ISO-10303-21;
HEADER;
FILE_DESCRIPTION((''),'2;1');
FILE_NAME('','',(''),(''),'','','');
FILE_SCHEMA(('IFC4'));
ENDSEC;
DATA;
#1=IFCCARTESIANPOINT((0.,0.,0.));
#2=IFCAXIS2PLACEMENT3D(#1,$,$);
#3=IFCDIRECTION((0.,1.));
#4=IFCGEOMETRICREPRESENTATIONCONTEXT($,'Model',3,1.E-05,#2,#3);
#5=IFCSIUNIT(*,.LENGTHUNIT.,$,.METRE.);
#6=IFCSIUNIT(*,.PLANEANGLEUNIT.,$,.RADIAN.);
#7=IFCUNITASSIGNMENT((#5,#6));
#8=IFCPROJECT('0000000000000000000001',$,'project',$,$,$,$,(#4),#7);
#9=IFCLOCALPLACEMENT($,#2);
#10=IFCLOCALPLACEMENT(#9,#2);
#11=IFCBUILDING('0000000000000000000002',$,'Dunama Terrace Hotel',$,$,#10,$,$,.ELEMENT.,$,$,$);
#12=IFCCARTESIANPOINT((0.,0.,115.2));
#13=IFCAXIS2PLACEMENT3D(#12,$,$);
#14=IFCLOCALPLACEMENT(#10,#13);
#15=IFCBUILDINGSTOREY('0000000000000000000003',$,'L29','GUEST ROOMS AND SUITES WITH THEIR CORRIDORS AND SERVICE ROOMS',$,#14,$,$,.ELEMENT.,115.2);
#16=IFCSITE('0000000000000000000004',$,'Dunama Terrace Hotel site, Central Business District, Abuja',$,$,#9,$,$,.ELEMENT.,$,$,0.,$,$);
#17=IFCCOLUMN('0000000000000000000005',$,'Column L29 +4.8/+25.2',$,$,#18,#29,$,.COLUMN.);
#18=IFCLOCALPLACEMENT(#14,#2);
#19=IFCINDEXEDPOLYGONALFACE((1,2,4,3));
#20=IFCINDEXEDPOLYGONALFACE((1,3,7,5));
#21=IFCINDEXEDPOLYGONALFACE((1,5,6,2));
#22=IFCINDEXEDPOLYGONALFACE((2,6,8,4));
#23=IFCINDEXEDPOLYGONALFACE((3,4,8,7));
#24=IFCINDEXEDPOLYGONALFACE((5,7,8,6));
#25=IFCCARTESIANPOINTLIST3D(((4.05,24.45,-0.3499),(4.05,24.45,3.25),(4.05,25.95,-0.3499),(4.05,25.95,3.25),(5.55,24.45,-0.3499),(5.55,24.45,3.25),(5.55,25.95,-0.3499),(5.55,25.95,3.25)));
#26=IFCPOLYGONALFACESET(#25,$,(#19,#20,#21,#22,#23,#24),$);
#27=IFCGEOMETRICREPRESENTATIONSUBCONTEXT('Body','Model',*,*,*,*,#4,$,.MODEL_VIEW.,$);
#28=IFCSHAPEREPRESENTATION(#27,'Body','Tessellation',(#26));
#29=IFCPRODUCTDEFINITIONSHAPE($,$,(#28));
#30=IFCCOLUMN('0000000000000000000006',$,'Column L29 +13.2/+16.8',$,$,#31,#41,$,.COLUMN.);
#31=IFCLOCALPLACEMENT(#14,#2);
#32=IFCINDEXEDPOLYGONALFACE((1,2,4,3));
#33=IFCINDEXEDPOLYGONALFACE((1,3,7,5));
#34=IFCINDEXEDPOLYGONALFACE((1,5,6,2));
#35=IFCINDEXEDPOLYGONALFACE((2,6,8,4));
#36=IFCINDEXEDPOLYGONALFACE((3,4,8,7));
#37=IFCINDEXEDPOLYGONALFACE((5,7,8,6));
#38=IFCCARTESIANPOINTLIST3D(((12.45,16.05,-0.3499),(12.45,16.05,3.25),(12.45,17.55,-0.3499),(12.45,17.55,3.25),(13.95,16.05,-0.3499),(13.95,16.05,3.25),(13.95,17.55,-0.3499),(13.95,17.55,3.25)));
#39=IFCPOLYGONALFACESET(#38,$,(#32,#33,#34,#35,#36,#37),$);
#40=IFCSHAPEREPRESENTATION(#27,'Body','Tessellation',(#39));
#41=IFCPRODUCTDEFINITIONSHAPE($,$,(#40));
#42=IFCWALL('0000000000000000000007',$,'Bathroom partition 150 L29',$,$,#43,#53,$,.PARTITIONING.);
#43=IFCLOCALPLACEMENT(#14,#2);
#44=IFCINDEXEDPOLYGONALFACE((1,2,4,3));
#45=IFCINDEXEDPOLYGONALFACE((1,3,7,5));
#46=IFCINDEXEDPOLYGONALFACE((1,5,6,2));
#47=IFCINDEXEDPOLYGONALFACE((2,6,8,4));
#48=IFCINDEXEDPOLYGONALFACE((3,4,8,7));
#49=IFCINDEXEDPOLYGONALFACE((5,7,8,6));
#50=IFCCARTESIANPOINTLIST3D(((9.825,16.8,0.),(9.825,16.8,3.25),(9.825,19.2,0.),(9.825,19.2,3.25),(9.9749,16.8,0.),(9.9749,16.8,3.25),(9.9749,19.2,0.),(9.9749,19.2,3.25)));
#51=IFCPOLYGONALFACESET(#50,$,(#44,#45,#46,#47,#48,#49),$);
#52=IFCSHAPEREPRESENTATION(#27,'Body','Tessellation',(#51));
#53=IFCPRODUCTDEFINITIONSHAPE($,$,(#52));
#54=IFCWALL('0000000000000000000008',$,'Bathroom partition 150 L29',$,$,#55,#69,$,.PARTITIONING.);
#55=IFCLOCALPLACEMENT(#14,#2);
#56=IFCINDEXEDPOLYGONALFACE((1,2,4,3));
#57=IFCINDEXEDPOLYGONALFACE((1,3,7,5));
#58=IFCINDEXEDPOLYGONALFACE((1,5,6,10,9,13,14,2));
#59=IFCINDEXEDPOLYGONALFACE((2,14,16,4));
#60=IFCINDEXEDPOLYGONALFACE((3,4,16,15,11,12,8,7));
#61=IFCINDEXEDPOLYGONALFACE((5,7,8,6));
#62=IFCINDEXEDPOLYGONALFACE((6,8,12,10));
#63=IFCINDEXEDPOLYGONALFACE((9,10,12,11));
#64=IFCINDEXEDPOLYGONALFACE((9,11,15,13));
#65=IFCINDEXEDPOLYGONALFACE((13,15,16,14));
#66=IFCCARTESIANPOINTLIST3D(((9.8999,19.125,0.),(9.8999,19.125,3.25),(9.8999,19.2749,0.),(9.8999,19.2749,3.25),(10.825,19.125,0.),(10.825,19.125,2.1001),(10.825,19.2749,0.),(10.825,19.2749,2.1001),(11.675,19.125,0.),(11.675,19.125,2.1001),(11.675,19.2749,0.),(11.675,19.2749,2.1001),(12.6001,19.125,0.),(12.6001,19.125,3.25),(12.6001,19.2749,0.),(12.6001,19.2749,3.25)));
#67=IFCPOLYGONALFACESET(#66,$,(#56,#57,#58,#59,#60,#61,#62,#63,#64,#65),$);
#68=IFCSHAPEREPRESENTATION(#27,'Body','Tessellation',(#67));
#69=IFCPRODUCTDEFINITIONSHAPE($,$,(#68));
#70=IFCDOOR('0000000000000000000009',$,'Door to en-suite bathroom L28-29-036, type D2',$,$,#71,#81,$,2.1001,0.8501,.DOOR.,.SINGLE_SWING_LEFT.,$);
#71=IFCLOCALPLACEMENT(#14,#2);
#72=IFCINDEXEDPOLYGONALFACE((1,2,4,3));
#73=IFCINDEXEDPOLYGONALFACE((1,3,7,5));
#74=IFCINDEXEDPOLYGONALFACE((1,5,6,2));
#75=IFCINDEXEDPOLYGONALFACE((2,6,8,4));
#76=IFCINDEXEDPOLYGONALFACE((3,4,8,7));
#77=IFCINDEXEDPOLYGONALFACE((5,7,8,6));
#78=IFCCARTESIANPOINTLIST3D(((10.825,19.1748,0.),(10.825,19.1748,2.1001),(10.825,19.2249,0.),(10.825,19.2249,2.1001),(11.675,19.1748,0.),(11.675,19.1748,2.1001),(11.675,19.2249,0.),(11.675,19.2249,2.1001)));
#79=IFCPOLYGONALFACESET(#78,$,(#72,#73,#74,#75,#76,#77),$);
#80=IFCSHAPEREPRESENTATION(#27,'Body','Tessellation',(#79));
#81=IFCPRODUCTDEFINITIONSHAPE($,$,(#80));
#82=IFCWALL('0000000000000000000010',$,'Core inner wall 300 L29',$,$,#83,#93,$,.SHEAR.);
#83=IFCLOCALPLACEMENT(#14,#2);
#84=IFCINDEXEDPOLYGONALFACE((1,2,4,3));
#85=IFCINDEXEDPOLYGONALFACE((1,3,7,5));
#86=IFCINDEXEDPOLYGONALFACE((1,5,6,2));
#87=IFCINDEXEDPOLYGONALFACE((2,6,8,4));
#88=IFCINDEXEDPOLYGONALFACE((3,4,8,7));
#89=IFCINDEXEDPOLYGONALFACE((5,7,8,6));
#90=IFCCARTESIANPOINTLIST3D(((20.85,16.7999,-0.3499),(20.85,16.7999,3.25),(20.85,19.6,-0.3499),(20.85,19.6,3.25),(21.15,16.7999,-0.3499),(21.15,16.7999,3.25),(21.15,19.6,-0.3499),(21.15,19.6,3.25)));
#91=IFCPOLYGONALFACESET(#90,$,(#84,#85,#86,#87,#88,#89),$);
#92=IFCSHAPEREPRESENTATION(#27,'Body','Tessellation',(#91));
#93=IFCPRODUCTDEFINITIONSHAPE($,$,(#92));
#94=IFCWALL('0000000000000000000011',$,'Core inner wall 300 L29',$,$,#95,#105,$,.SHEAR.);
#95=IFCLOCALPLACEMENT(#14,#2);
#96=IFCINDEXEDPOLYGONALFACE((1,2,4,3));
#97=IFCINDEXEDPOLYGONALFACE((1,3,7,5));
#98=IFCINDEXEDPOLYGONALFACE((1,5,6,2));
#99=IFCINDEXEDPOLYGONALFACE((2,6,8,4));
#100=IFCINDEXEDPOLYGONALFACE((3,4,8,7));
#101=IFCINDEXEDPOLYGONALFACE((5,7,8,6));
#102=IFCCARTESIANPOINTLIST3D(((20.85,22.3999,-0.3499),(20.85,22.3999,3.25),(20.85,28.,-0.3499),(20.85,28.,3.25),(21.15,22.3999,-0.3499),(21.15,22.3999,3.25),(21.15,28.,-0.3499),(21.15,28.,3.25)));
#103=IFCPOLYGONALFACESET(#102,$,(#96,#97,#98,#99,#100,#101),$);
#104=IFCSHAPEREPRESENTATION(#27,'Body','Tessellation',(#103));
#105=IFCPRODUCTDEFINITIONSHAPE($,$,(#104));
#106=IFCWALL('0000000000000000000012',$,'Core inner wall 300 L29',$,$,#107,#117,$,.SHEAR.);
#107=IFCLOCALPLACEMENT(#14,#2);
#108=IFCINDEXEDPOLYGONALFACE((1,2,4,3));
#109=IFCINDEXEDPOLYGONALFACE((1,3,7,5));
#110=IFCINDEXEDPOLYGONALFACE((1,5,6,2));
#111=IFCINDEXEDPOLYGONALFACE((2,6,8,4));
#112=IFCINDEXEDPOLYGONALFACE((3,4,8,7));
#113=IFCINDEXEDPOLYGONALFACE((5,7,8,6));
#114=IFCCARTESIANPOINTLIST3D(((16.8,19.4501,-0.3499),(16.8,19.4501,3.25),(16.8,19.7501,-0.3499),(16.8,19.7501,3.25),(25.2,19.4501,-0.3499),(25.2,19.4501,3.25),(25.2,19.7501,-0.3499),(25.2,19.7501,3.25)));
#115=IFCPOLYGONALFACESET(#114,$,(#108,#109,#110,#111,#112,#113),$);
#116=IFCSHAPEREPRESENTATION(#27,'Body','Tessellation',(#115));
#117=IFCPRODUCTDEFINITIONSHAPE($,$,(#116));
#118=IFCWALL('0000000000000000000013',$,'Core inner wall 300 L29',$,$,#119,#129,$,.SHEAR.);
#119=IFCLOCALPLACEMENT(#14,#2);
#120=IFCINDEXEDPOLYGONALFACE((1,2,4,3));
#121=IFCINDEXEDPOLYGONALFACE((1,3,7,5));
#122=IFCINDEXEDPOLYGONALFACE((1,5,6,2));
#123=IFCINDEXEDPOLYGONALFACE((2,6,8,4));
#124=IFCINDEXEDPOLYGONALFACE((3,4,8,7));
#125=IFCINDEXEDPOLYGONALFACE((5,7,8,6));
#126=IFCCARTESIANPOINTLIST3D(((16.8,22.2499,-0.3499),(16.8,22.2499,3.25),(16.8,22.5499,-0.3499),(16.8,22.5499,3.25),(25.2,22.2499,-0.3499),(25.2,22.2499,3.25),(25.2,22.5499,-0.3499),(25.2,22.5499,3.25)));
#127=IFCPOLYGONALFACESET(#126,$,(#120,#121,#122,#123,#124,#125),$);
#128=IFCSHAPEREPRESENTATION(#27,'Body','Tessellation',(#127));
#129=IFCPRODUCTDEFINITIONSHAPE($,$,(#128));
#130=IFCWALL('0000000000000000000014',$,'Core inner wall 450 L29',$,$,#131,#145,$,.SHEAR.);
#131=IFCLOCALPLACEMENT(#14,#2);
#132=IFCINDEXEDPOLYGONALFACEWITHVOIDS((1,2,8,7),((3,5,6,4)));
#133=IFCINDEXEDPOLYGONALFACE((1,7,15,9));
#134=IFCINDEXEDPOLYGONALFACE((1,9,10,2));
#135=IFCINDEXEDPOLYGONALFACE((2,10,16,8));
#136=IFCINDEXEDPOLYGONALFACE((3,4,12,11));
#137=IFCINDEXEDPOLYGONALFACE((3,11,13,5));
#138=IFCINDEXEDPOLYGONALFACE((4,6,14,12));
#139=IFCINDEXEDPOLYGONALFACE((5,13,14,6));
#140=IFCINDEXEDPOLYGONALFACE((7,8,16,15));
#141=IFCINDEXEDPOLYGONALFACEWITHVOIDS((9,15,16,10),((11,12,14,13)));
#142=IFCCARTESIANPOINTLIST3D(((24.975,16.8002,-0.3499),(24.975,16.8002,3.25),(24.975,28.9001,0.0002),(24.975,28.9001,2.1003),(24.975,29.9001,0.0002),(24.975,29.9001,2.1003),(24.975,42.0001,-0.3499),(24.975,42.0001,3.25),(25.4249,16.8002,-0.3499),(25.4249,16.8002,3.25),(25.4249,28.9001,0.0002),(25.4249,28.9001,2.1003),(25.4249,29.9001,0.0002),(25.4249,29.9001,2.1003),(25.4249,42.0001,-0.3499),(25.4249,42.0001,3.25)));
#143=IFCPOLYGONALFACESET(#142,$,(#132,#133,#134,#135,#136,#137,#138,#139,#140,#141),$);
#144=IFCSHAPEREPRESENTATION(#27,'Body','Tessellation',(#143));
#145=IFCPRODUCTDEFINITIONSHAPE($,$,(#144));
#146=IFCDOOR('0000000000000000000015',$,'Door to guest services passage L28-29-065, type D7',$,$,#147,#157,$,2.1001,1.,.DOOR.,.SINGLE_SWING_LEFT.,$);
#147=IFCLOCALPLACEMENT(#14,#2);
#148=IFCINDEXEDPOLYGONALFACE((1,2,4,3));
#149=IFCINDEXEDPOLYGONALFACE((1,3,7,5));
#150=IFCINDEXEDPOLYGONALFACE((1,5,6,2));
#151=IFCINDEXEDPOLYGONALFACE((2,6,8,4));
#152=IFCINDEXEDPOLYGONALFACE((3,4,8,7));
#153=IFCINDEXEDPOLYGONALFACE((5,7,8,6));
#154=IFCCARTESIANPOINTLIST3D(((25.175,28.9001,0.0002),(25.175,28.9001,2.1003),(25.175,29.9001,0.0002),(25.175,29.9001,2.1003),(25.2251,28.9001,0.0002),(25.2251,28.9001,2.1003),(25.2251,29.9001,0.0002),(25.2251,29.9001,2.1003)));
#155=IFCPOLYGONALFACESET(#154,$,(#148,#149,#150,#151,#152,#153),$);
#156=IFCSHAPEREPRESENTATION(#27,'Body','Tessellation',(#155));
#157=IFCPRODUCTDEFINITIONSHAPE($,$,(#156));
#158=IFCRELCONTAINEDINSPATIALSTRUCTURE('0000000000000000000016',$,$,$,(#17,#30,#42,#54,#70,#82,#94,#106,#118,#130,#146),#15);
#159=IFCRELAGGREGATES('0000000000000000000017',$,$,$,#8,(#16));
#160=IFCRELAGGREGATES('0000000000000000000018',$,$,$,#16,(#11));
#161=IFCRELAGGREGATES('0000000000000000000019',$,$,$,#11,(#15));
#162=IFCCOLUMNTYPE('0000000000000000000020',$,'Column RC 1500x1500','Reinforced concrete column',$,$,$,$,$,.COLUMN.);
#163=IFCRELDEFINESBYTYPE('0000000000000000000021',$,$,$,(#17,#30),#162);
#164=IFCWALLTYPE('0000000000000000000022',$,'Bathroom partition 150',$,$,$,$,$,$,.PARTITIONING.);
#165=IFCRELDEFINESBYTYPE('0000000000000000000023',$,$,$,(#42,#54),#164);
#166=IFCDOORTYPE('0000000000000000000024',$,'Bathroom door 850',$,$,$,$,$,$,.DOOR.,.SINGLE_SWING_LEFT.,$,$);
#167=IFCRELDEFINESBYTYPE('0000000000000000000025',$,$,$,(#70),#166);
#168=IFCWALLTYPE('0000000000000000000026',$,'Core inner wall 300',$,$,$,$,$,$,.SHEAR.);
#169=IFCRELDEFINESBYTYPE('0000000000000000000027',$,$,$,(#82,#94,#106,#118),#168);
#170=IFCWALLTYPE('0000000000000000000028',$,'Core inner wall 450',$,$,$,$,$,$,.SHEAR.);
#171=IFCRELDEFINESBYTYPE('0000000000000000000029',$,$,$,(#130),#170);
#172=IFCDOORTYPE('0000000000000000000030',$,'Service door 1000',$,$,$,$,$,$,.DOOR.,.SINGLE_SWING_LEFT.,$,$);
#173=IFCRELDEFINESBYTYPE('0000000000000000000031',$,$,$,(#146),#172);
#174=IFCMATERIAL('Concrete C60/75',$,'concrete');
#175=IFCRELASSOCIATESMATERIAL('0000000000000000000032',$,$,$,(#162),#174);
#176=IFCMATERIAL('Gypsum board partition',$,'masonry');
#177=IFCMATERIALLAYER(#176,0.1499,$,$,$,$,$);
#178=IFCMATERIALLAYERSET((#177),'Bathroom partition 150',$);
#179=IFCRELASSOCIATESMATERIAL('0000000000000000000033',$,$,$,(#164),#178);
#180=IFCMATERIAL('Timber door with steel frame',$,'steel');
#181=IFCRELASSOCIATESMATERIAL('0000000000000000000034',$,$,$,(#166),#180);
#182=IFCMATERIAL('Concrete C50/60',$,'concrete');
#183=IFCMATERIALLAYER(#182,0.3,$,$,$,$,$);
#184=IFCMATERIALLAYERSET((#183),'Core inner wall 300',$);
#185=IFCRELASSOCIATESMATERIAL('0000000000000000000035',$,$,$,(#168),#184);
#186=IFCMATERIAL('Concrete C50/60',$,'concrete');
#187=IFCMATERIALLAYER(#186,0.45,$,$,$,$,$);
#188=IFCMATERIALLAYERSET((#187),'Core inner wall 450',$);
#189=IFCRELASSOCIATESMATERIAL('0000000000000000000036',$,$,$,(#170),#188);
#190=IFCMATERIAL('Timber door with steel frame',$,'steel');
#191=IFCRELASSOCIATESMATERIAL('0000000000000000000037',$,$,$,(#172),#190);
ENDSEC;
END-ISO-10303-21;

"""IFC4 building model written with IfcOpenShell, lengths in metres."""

from ifc_helpers import new_model, si_unit, direction, frame, frame_2d, origin, origin_2d, place, context, subcontext, project, spatial, rectangle, extrude, material, layer, layer_set, material_profile, profile_set, type_object, element, fill, save


model = new_model("IFC4")

# Units and contexts
model_context = context("Model", 3, precision=1e-05, world=origin(), true_north=direction((0.0, 1.0)))
body_context = subcontext(model_context, "Body", "Model", "MODEL_VIEW")
ifc_project = project(units=[si_unit("LENGTHUNIT", "METRE"), si_unit("PLANEANGLEUNIT", "RADIAN")], contexts=[model_context])

# Site, building, storey
site_placement = place(None, origin())
site = spatial("IfcSite", under=ifc_project, at=site_placement, Name="Dunama Terrace Hotel site, Central Business District, Abuja", CompositionType="ELEMENT", RefElevation=0.0)
building_placement = place(site_placement, origin())
building = spatial("IfcBuilding", under=site, at=building_placement, Name="Dunama Terrace Hotel", CompositionType="ELEMENT")
storey_placement = place(building_placement, frame((0.0, 0.0, 115.2)))
storey = spatial("IfcBuildingStorey", under=building, at=storey_placement, Name="L29", Description="GUEST ROOMS AND SUITES WITH THEIR CORRIDORS AND SERVICE ROOMS", CompositionType="ELEMENT", Elevation=115.2)

# Columns
ifc_material_1 = material(Name="Concrete C60/75", Category="concrete")
ifc_material_profile = material_profile(ifc_material_1, rectangle(XDim=1.5, YDim=1.5, at=origin_2d()), Name="RC 1500x1500")
ifc_profile_set = profile_set([ifc_material_profile], Name="Concrete C60/75")
column_type = type_object("IfcColumnType", Name="Column RC 1500x1500", Description="Reinforced concrete column", PredefinedType="COLUMN", material=ifc_profile_set)
for number, where, z_axis, x_axis, name in (
    (1, (4.8, 25.2, -0.3499), (0.0, 0.0, 1.0), (1.0, 0.0, 0.0), "Column L29 +4.8/+25.2"),
    (2, (13.2, 16.8, -0.3499), (0.0, 0.0, 1.0), (1.0, 0.0, 0.0), "Column L29 +13.2/+16.8"),
):
    element("IfcColumn", number, at=place(storey_placement, frame(where, z_axis=z_axis, x_axis=x_axis)), inside=storey, type_object=column_type, Name=name, PredefinedType="COLUMN", context=body_context, shape_type="SweptSolid", body=[
        extrude(rectangle(XDim=1.5, YDim=1.5, at=origin_2d()), origin(), (0.0, 0.0, 1.0), 3.5999),
    ])

# Wall
ifc_material_2 = material(Name="Gypsum board partition", Category="masonry")
ifc_layer_1 = layer(ifc_material_2, 0.1499)
ifc_layer_set_1 = layer_set([ifc_layer_1], Name="Bathroom partition 150")
wall_type_1 = type_object("IfcWallType", Name="Bathroom partition 150", PredefinedType="PARTITIONING", material=ifc_layer_set_1)
wall_1_placement = place(storey_placement, frame((9.8999, 16.8, 0.0), z_axis=(0.0, 0.0, 1.0), x_axis=(0.0, 1.0, 0.0)))
element("IfcWall", 3, at=wall_1_placement, inside=storey, type_object=wall_type_1, Name="Bathroom partition 150 L29", PredefinedType="PARTITIONING", context=body_context, shape_type="SweptSolid", body=[
    extrude(rectangle(XDim=2.3999, YDim=0.1499, at=frame_2d((1.2, 0.0))), origin(), (0.0, 0.0, 1.0), 3.25),
])

# Wall, opening, door
wall_2_placement = place(storey_placement, frame((9.8999, 19.2, 0.0), z_axis=(0.0, 0.0, 1.0), x_axis=(1.0, 0.0, 0.0)))
wall_2 = element("IfcWall", 4, at=wall_2_placement, inside=storey, type_object=wall_type_1, Name="Bathroom partition 150 L29", PredefinedType="PARTITIONING", context=body_context, shape_type="SweptSolid", body=[
    extrude(rectangle(XDim=2.7002, YDim=0.1499, at=frame_2d((1.3501, 0.0))), origin(), (0.0, 0.0, 1.0), 3.25),
])
opening_1_placement = place(wall_2_placement, frame((0.925, 0.0, 0.0)))
opening_1 = element("IfcOpeningElement", 5, at=opening_1_placement, cuts=wall_2, PredefinedType="OPENING", context=body_context, shape_type="SweptSolid", body=[
    extrude(rectangle(XDim=0.8501, YDim=2.1001, at=frame_2d((0.425, 1.05))), frame((0.0, 0.085, 0.0), z_axis=(0.0, -1.0, 0.0), x_axis=(1.0, 0.0, 0.0)), (0.0, 0.0, 1.0), 0.1699),
])
ifc_material_3 = material(Name="Timber door with steel frame", Category="steel")
door_type_1 = type_object("IfcDoorType", Name="Bathroom door 850", OperationType="SINGLE_SWING_LEFT", PredefinedType="DOOR", material=ifc_material_3)
door_1_placement = place(opening_1_placement, frame((0.8501, 0.0, 0.0), z_axis=(0.0, 0.0, 1.0), x_axis=(-1.0, 0.0, 0.0)))
door_1 = element("IfcDoor", 6, at=door_1_placement, inside=storey, type_object=door_type_1, Name="Door to en-suite bathroom L28-29-036, type D2", OperationType="SINGLE_SWING_LEFT", OverallHeight=2.1001, OverallWidth=0.8501, PredefinedType="DOOR", context=body_context, shape_type="SweptSolid", body=[
    extrude(rectangle(XDim=0.8501, YDim=2.1001, at=frame_2d((0.425, 1.05))), frame((0.0, 0.0251, 0.0), z_axis=(0.0, -1.0, 0.0), x_axis=(1.0, 0.0, 0.0)), (0.0, 0.0, 1.0), 0.05),
])
fill(opening_1, door_1)

# Walls
ifc_material_4 = material(Name="Concrete C50/60", Category="concrete")
ifc_layer_2 = layer(ifc_material_4, 0.3)
ifc_layer_set_2 = layer_set([ifc_layer_2], Name="Core inner wall 300")
wall_type_2 = type_object("IfcWallType", Name="Core inner wall 300", PredefinedType="SHEAR", material=ifc_layer_set_2)
wall_3_placement = place(storey_placement, frame((21.0, 16.8, -0.3499), z_axis=(0.0, 0.0, 1.0), x_axis=(0.0, 1.0, 0.0)))
element("IfcWall", 7, at=wall_3_placement, inside=storey, type_object=wall_type_2, Name="Core inner wall 300 L29", PredefinedType="SHEAR", context=body_context, shape_type="SweptSolid", body=[
    extrude(rectangle(XDim=2.8, YDim=0.3, at=frame_2d((1.3999, 0.0))), origin(), (0.0, 0.0, 1.0), 3.5999),
])
wall_4_placement = place(storey_placement, frame((21.0, 22.3999, -0.3499), z_axis=(0.0, 0.0, 1.0), x_axis=(0.0, 1.0, 0.0)))
element("IfcWall", 8, at=wall_4_placement, inside=storey, type_object=wall_type_2, Name="Core inner wall 300 L29", PredefinedType="SHEAR", context=body_context, shape_type="SweptSolid", body=[
    extrude(rectangle(XDim=5.6001, YDim=0.3, at=frame_2d((2.8, 0.0))), origin(), (0.0, 0.0, 1.0), 3.5999),
])
for number, where, z_axis, x_axis, name in (
    (9, (16.8, 19.6001, -0.3499), (0.0, 0.0, 1.0), (1.0, 0.0, 0.0), "Core inner wall 300 L29"),
    (10, (16.8, 22.3999, -0.3499), (0.0, 0.0, 1.0), (1.0, 0.0, 0.0), "Core inner wall 300 L29"),
):
    element("IfcWall", number, at=place(storey_placement, frame(where, z_axis=z_axis, x_axis=x_axis)), inside=storey, type_object=wall_type_2, Name=name, PredefinedType="SHEAR", context=body_context, shape_type="SweptSolid", body=[
        extrude(rectangle(XDim=8.3999, YDim=0.3, at=frame_2d((4.2, 0.0))), origin(), (0.0, 0.0, 1.0), 3.5999),
    ])

# Wall, opening, door
ifc_material_5 = material(Name="Concrete C50/60", Category="concrete")
ifc_layer_3 = layer(ifc_material_5, 0.45)
ifc_layer_set_3 = layer_set([ifc_layer_3], Name="Core inner wall 450")
wall_type_3 = type_object("IfcWallType", Name="Core inner wall 450", PredefinedType="SHEAR", material=ifc_layer_set_3)
wall_5_placement = place(storey_placement, frame((25.2, 16.8, -0.3499), z_axis=(0.0, 0.0, 1.0), x_axis=(0.0, 1.0, 0.0)))
wall_5 = element("IfcWall", 11, at=wall_5_placement, inside=storey, type_object=wall_type_3, Name="Core inner wall 450 L29", PredefinedType="SHEAR", context=body_context, shape_type="SweptSolid", body=[
    extrude(rectangle(XDim=25.2, YDim=0.45, at=frame_2d((12.6001, 0.0))), origin(), (0.0, 0.0, 1.0), 3.5999),
])
opening_2_placement = place(wall_5_placement, frame((12.1001, 0.0, 0.3501)))
opening_2 = element("IfcOpeningElement", 12, at=opening_2_placement, cuts=wall_5, PredefinedType="OPENING", context=body_context, shape_type="SweptSolid", body=[
    extrude(rectangle(XDim=1.0, YDim=2.1001, at=frame_2d((0.5, 1.05))), frame((0.0, 0.2349, 0.0), z_axis=(0.0, -1.0, 0.0), x_axis=(1.0, 0.0, 0.0)), (0.0, 0.0, 1.0), 0.47),
])
ifc_material_6 = material(Name="Timber door with steel frame", Category="steel")
door_type_2 = type_object("IfcDoorType", Name="Service door 1000", OperationType="SINGLE_SWING_LEFT", PredefinedType="DOOR", material=ifc_material_6)
door_2_placement = place(opening_2_placement, origin())
door_2 = element("IfcDoor", 13, at=door_2_placement, inside=storey, type_object=door_type_2, Name="Door to guest services passage L28-29-065, type D7", OperationType="SINGLE_SWING_LEFT", OverallHeight=2.1001, OverallWidth=1.0, PredefinedType="DOOR", context=body_context, shape_type="SweptSolid", body=[
    extrude(rectangle(XDim=1.0, YDim=2.1001, at=frame_2d((0.5, 1.05))), frame((0.0, 0.0249, 0.0), z_axis=(0.0, -1.0, 0.0), x_axis=(1.0, 0.0, 0.0)), (0.0, 0.0, 1.0), 0.05),
])
fill(opening_2, door_2)

save(model, "model.ifc")
